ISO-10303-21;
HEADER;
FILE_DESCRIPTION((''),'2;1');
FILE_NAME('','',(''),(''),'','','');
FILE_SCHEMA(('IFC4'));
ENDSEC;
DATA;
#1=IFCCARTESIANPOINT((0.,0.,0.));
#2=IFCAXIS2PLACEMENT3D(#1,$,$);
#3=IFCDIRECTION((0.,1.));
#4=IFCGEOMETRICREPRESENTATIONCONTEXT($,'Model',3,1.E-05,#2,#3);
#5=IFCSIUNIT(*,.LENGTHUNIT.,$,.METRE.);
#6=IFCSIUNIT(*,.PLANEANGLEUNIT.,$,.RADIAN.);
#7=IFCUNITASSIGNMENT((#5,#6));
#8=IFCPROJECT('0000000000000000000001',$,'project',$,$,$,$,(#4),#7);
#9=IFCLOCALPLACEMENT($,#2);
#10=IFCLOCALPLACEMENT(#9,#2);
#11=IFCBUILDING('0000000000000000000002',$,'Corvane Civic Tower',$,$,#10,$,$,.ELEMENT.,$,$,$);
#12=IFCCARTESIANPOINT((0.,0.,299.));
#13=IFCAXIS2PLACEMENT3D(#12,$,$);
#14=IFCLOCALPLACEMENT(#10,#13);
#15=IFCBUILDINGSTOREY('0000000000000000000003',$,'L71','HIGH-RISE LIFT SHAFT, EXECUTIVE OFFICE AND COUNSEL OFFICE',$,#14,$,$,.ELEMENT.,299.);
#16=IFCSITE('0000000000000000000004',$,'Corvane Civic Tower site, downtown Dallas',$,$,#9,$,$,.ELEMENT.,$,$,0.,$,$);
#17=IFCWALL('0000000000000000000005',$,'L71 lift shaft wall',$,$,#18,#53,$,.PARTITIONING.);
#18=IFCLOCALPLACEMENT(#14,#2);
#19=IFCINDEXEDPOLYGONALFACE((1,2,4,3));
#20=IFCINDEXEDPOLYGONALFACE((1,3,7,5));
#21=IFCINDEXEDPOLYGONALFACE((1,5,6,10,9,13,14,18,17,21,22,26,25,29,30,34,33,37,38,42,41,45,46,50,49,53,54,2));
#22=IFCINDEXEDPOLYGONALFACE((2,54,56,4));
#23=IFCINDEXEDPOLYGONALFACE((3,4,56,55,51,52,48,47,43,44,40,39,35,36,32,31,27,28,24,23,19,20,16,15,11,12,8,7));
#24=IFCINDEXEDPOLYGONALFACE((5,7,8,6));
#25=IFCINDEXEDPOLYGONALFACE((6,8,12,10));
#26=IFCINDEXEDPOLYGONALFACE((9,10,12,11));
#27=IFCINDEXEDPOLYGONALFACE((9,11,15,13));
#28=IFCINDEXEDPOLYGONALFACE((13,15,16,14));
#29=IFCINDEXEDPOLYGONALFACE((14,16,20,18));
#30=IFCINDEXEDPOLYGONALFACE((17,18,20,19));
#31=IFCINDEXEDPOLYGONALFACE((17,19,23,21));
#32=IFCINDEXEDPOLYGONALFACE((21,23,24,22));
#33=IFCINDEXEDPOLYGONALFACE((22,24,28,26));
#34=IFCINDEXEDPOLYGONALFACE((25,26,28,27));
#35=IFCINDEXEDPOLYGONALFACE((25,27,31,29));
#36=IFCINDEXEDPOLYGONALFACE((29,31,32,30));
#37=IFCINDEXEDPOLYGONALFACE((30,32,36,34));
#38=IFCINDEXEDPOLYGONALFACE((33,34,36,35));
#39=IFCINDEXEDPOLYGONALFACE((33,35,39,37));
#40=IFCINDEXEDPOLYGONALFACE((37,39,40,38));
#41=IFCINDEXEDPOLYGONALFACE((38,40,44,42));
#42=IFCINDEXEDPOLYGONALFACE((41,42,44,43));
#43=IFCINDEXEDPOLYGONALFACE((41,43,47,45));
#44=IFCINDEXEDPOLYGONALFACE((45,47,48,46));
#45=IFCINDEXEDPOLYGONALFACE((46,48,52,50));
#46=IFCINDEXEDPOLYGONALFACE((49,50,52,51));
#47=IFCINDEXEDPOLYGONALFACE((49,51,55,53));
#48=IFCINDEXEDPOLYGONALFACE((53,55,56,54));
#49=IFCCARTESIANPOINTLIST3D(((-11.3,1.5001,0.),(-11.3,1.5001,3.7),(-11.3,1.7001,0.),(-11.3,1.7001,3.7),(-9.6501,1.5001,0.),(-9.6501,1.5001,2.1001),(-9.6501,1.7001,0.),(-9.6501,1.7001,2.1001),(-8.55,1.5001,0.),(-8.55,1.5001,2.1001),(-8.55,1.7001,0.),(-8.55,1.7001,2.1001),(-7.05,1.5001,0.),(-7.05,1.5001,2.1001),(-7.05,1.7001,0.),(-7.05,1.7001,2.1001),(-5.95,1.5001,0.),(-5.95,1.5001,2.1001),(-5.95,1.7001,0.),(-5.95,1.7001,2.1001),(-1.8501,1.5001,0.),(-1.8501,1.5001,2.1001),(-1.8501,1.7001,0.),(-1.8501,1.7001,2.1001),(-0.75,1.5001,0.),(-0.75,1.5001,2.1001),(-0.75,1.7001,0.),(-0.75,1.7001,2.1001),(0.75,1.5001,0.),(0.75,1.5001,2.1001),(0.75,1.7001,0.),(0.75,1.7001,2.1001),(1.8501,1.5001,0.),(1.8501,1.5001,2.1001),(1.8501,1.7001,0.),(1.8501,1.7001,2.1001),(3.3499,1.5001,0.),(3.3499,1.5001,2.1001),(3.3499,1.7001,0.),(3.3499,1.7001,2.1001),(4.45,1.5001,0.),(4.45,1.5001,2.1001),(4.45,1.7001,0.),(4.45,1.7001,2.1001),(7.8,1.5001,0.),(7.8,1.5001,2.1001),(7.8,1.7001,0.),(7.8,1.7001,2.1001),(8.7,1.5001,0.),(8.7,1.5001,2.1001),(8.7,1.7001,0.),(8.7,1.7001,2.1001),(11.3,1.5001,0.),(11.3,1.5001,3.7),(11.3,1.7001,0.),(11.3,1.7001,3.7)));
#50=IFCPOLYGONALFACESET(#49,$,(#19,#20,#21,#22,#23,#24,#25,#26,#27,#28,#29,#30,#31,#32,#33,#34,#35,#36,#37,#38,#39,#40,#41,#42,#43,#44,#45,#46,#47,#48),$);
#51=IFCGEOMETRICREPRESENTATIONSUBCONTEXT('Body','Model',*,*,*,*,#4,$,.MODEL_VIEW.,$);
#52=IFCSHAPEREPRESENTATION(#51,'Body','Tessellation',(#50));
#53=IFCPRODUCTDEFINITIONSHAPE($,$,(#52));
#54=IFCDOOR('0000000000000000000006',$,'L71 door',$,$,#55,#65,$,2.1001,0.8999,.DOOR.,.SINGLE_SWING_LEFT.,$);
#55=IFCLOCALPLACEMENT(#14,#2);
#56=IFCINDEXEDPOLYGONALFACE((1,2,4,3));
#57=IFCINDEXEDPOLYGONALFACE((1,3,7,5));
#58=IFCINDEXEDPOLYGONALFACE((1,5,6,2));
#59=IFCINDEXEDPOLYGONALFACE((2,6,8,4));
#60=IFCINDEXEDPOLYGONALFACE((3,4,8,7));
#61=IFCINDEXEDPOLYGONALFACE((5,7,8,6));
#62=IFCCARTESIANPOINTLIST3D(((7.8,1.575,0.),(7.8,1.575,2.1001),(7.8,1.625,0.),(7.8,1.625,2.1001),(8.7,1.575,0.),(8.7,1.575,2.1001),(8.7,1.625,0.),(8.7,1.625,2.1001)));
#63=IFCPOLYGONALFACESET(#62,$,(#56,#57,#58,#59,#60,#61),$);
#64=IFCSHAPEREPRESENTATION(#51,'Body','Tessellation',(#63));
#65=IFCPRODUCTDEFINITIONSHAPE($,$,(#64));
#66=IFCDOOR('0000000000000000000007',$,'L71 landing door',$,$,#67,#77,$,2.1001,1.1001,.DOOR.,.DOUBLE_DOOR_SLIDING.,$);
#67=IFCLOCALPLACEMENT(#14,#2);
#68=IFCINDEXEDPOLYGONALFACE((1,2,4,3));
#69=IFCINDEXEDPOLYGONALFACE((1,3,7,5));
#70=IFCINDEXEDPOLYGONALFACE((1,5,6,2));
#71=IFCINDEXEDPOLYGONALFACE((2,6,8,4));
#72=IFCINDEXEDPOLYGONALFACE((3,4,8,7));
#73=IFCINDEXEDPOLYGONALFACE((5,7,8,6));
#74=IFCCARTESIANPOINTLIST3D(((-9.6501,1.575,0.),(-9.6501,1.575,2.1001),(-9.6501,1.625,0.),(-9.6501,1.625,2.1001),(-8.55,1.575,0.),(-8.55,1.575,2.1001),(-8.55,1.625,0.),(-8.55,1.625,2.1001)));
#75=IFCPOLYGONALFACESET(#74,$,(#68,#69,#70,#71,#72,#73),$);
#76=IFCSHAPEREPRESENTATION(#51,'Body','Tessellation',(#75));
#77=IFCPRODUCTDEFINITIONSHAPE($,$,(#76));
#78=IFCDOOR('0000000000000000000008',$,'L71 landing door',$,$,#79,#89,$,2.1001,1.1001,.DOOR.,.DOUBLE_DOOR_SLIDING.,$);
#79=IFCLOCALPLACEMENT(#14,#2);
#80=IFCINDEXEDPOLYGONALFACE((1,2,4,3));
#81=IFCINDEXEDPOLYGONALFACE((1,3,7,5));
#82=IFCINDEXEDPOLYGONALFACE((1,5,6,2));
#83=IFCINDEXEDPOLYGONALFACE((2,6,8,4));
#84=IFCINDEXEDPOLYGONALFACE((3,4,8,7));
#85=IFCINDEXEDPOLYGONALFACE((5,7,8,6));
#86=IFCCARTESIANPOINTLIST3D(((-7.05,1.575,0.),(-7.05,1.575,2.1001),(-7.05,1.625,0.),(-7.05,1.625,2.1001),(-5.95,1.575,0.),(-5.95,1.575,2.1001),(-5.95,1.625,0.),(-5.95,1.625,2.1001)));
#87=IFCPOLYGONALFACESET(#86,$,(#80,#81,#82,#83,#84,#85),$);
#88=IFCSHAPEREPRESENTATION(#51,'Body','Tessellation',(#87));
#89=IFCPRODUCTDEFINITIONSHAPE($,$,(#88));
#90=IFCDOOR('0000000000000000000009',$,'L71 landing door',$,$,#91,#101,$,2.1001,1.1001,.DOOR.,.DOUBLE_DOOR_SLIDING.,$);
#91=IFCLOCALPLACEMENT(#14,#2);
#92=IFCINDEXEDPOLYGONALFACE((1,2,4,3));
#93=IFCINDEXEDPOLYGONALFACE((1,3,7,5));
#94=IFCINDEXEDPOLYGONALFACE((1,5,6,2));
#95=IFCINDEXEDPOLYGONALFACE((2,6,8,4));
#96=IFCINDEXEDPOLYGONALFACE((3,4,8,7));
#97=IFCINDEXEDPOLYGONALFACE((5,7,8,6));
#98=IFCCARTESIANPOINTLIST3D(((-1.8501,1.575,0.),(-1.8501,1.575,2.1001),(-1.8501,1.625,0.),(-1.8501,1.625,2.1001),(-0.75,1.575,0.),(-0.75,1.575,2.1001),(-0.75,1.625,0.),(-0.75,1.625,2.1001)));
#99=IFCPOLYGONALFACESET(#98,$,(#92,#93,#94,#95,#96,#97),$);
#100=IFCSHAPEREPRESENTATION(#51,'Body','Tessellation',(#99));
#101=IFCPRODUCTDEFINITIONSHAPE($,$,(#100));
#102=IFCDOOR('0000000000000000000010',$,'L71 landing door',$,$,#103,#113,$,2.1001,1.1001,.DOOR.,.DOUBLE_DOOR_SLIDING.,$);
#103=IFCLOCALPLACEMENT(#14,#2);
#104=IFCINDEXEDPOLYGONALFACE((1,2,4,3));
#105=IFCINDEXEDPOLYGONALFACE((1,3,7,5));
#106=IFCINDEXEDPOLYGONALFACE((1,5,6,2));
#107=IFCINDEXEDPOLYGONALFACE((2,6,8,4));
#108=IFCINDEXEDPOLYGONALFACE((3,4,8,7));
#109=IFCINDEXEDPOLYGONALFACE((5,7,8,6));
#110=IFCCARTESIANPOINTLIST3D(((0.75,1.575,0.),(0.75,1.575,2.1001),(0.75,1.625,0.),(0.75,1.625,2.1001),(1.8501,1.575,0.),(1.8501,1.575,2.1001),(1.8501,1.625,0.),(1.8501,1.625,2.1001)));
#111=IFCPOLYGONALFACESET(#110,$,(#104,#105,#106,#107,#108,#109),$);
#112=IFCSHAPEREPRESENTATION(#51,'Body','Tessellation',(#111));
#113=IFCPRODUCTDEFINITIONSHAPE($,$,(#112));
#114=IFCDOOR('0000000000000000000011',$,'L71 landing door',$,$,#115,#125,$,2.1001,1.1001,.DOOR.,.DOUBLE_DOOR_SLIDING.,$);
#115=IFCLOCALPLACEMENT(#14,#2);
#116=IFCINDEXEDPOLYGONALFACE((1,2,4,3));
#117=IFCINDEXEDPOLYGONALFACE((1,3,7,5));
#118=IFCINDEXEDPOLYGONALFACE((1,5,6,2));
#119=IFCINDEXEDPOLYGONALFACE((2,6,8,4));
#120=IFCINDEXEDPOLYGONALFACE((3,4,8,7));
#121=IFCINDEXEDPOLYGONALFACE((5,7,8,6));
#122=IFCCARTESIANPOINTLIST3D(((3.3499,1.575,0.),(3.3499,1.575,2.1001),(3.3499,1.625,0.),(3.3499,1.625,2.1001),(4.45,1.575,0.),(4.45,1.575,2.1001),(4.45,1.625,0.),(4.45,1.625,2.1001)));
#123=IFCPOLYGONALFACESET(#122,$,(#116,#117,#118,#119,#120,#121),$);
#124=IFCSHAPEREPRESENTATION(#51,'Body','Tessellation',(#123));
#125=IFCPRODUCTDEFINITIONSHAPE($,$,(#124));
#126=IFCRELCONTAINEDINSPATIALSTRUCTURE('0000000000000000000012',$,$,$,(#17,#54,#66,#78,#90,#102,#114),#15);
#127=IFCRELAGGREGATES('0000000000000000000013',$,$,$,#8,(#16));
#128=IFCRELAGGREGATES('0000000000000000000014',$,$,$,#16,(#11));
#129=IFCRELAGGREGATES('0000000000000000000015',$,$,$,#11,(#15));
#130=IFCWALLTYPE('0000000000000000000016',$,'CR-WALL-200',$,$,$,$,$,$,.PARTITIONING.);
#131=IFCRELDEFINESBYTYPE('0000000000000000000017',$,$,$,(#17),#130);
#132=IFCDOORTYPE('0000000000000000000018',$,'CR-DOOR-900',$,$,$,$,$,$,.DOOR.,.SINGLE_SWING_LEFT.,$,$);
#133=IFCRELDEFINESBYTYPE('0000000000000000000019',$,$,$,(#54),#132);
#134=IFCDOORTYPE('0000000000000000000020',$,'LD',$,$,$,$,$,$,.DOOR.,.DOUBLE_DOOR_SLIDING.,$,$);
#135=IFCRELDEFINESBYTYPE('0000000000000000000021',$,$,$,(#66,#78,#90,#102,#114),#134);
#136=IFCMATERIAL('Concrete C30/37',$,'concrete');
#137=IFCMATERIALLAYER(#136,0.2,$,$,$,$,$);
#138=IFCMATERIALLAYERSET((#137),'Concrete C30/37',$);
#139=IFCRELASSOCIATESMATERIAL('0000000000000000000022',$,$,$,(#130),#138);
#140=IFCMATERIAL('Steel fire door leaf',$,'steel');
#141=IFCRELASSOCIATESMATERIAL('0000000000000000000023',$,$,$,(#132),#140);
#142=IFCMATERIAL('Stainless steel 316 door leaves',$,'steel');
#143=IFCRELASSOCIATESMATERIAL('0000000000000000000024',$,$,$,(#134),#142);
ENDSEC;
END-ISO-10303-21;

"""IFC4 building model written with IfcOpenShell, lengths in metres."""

from ifc_helpers import new_model, si_unit, direction, frame, frame_2d, origin, place, context, subcontext, project, spatial, rectangle, extrude, material, layer, layer_set, type_object, element, fill, save


model = new_model("IFC4")

# Units and contexts
model_context = context("Model", 3, precision=1e-05, world=origin(), true_north=direction((0.0, 1.0)))
body_context = subcontext(model_context, "Body", "Model", "MODEL_VIEW")
ifc_project = project(units=[si_unit("LENGTHUNIT", "METRE"), si_unit("PLANEANGLEUNIT", "RADIAN")], contexts=[model_context])

# Site, building, storey
site_placement = place(None, origin())
site = spatial("IfcSite", under=ifc_project, at=site_placement, Name="Corvane Civic Tower site, downtown Dallas", CompositionType="ELEMENT", RefElevation=0.0)
building_placement = place(site_placement, origin())
building = spatial("IfcBuilding", under=site, at=building_placement, Name="Corvane Civic Tower", CompositionType="ELEMENT")
storey_placement = place(building_placement, frame((0.0, 0.0, 299.0)))
storey = spatial("IfcBuildingStorey", under=building, at=storey_placement, Name="L71", Description="HIGH-RISE LIFT SHAFT, EXECUTIVE OFFICE AND COUNSEL OFFICE", CompositionType="ELEMENT", Elevation=299.0)

# Wall, openings, doors
ifc_material_1 = material(Name="Concrete C30/37", Category="concrete")
ifc_layer_1 = layer(ifc_material_1, 0.2)
ifc_layer_set_1 = layer_set([ifc_layer_1], Name="Concrete C30/37")
wall_type_1 = type_object("IfcWallType", Name="CR-WALL-200", PredefinedType="PARTITIONING", material=ifc_layer_set_1)
wall_1_placement = place(storey_placement, frame((-11.3, 1.6001, 0.0), z_axis=(0.0, 0.0, 1.0), x_axis=(1.0, 0.0, 0.0)))
wall_1 = element("IfcWall", 1, at=wall_1_placement, inside=storey, type_object=wall_type_1, Name="L71 lift shaft wall", PredefinedType="PARTITIONING", context=body_context, shape_type="SweptSolid", body=[
    extrude(rectangle(XDim=22.6001, YDim=0.2, at=frame_2d((11.3, 0.0))), origin(), (0.0, 0.0, 1.0), 3.7),
])
opening_1_placement = place(wall_1_placement, frame((1.6499, 0.0, 0.0)))
opening_1 = element("IfcOpeningElement", 2, at=opening_1_placement, cuts=wall_1, PredefinedType="OPENING", context=body_context, shape_type="SweptSolid", body=[
    extrude(rectangle(XDim=1.1001, YDim=2.1001, at=frame_2d((0.55, 1.05))), frame((0.0, 0.1099, 0.0), z_axis=(0.0, -1.0, 0.0), x_axis=(1.0, 0.0, 0.0)), (0.0, 0.0, 1.0), 0.22),
])
opening_2_placement = place(wall_1_placement, frame((4.25, 0.0, 0.0)))
opening_2 = element("IfcOpeningElement", 3, at=opening_2_placement, cuts=wall_1, PredefinedType="OPENING", context=body_context, shape_type="SweptSolid", body=[
    extrude(rectangle(XDim=1.1001, YDim=2.1001, at=frame_2d((0.55, 1.05))), frame((0.0, 0.1099, 0.0), z_axis=(0.0, -1.0, 0.0), x_axis=(1.0, 0.0, 0.0)), (0.0, 0.0, 1.0), 0.22),
])
opening_3_placement = place(wall_1_placement, frame((9.45, 0.0, 0.0)))
opening_3 = element("IfcOpeningElement", 4, at=opening_3_placement, cuts=wall_1, PredefinedType="OPENING", context=body_context, shape_type="SweptSolid", body=[
    extrude(rectangle(XDim=1.1001, YDim=2.1001, at=frame_2d((0.55, 1.05))), frame((0.0, 0.1099, 0.0), z_axis=(0.0, -1.0, 0.0), x_axis=(1.0, 0.0, 0.0)), (0.0, 0.0, 1.0), 0.22),
])
opening_4_placement = place(wall_1_placement, frame((12.05, 0.0, 0.0)))
opening_4 = element("IfcOpeningElement", 5, at=opening_4_placement, cuts=wall_1, PredefinedType="OPENING", context=body_context, shape_type="SweptSolid", body=[
    extrude(rectangle(XDim=1.1001, YDim=2.1001, at=frame_2d((0.55, 1.05))), frame((0.0, 0.1099, 0.0), z_axis=(0.0, -1.0, 0.0), x_axis=(1.0, 0.0, 0.0)), (0.0, 0.0, 1.0), 0.22),
])
opening_5_placement = place(wall_1_placement, frame((14.6499, 0.0, 0.0)))
opening_5 = element("IfcOpeningElement", 6, at=opening_5_placement, cuts=wall_1, PredefinedType="OPENING", context=body_context, shape_type="SweptSolid", body=[
    extrude(rectangle(XDim=1.1001, YDim=2.1001, at=frame_2d((0.55, 1.05))), frame((0.0, 0.1099, 0.0), z_axis=(0.0, -1.0, 0.0), x_axis=(1.0, 0.0, 0.0)), (0.0, 0.0, 1.0), 0.22),
])
opening_6_placement = place(wall_1_placement, frame((19.1001, 0.0, 0.0)))
opening_6 = element("IfcOpeningElement", 7, at=opening_6_placement, cuts=wall_1, PredefinedType="OPENING", context=body_context, shape_type="SweptSolid", body=[
    extrude(rectangle(XDim=0.8999, YDim=2.1001, at=frame_2d((0.45, 1.05))), frame((0.0, 0.1099, 0.0), z_axis=(0.0, -1.0, 0.0), x_axis=(1.0, 0.0, 0.0)), (0.0, 0.0, 1.0), 0.22),
])
ifc_material_2 = material(Name="Steel fire door leaf", Category="steel")
door_type_1 = type_object("IfcDoorType", Name="CR-DOOR-900", OperationType="SINGLE_SWING_LEFT", PredefinedType="DOOR", material=ifc_material_2)
door_1_placement = place(opening_6_placement, origin())
door_1 = element("IfcDoor", 8, at=door_1_placement, inside=storey, type_object=door_type_1, Name="L71 door", OperationType="SINGLE_SWING_LEFT", OverallHeight=2.1001, OverallWidth=0.8999, PredefinedType="DOOR", context=body_context, shape_type="SweptSolid", body=[
    extrude(rectangle(XDim=0.8999, YDim=2.1001, at=frame_2d((0.45, 1.05))), frame((0.0, 0.0249, 0.0), z_axis=(0.0, -1.0, 0.0), x_axis=(1.0, 0.0, 0.0)), (0.0, 0.0, 1.0), 0.05),
])
fill(opening_6, door_1)
ifc_material_3 = material(Name="Stainless steel 316 door leaves", Category="steel")
door_type_2 = type_object("IfcDoorType", Name="LD", OperationType="DOUBLE_DOOR_SLIDING", PredefinedType="DOOR", material=ifc_material_3)
door_2_placement = place(opening_1_placement, origin())
door_2 = element("IfcDoor", 9, at=door_2_placement, inside=storey, type_object=door_type_2, Name="L71 landing door", OperationType="DOUBLE_DOOR_SLIDING", OverallHeight=2.1001, OverallWidth=1.1001, PredefinedType="DOOR", context=body_context, shape_type="SweptSolid", body=[
    extrude(rectangle(XDim=1.1001, YDim=2.1001, at=frame_2d((0.55, 1.05))), frame((0.0, 0.0249, 0.0), z_axis=(0.0, -1.0, 0.0), x_axis=(1.0, 0.0, 0.0)), (0.0, 0.0, 1.0), 0.05),
])
fill(opening_1, door_2)
door_3_placement = place(opening_2_placement, origin())
door_3 = element("IfcDoor", 10, at=door_3_placement, inside=storey, type_object=door_type_2, Name="L71 landing door", OperationType="DOUBLE_DOOR_SLIDING", OverallHeight=2.1001, OverallWidth=1.1001, PredefinedType="DOOR", context=body_context, shape_type="SweptSolid", body=[
    extrude(rectangle(XDim=1.1001, YDim=2.1001, at=frame_2d((0.55, 1.05))), frame((0.0, 0.0249, 0.0), z_axis=(0.0, -1.0, 0.0), x_axis=(1.0, 0.0, 0.0)), (0.0, 0.0, 1.0), 0.05),
])
fill(opening_2, door_3)
door_4_placement = place(opening_3_placement, origin())
door_4 = element("IfcDoor", 11, at=door_4_placement, inside=storey, type_object=door_type_2, Name="L71 landing door", OperationType="DOUBLE_DOOR_SLIDING", OverallHeight=2.1001, OverallWidth=1.1001, PredefinedType="DOOR", context=body_context, shape_type="SweptSolid", body=[
    extrude(rectangle(XDim=1.1001, YDim=2.1001, at=frame_2d((0.55, 1.05))), frame((0.0, 0.0249, 0.0), z_axis=(0.0, -1.0, 0.0), x_axis=(1.0, 0.0, 0.0)), (0.0, 0.0, 1.0), 0.05),
])
fill(opening_3, door_4)
door_5_placement = place(opening_4_placement, origin())
door_5 = element("IfcDoor", 12, at=door_5_placement, inside=storey, type_object=door_type_2, Name="L71 landing door", OperationType="DOUBLE_DOOR_SLIDING", OverallHeight=2.1001, OverallWidth=1.1001, PredefinedType="DOOR", context=body_context, shape_type="SweptSolid", body=[
    extrude(rectangle(XDim=1.1001, YDim=2.1001, at=frame_2d((0.55, 1.05))), frame((0.0, 0.0249, 0.0), z_axis=(0.0, -1.0, 0.0), x_axis=(1.0, 0.0, 0.0)), (0.0, 0.0, 1.0), 0.05),
])
fill(opening_4, door_5)
door_6_placement = place(opening_5_placement, origin())
door_6 = element("IfcDoor", 13, at=door_6_placement, inside=storey, type_object=door_type_2, Name="L71 landing door", OperationType="DOUBLE_DOOR_SLIDING", OverallHeight=2.1001, OverallWidth=1.1001, PredefinedType="DOOR", context=body_context, shape_type="SweptSolid", body=[
    extrude(rectangle(XDim=1.1001, YDim=2.1001, at=frame_2d((0.55, 1.05))), frame((0.0, 0.0249, 0.0), z_axis=(0.0, -1.0, 0.0), x_axis=(1.0, 0.0, 0.0)), (0.0, 0.0, 1.0), 0.05),
])
fill(opening_5, door_6)

save(model, "model.ifc")
